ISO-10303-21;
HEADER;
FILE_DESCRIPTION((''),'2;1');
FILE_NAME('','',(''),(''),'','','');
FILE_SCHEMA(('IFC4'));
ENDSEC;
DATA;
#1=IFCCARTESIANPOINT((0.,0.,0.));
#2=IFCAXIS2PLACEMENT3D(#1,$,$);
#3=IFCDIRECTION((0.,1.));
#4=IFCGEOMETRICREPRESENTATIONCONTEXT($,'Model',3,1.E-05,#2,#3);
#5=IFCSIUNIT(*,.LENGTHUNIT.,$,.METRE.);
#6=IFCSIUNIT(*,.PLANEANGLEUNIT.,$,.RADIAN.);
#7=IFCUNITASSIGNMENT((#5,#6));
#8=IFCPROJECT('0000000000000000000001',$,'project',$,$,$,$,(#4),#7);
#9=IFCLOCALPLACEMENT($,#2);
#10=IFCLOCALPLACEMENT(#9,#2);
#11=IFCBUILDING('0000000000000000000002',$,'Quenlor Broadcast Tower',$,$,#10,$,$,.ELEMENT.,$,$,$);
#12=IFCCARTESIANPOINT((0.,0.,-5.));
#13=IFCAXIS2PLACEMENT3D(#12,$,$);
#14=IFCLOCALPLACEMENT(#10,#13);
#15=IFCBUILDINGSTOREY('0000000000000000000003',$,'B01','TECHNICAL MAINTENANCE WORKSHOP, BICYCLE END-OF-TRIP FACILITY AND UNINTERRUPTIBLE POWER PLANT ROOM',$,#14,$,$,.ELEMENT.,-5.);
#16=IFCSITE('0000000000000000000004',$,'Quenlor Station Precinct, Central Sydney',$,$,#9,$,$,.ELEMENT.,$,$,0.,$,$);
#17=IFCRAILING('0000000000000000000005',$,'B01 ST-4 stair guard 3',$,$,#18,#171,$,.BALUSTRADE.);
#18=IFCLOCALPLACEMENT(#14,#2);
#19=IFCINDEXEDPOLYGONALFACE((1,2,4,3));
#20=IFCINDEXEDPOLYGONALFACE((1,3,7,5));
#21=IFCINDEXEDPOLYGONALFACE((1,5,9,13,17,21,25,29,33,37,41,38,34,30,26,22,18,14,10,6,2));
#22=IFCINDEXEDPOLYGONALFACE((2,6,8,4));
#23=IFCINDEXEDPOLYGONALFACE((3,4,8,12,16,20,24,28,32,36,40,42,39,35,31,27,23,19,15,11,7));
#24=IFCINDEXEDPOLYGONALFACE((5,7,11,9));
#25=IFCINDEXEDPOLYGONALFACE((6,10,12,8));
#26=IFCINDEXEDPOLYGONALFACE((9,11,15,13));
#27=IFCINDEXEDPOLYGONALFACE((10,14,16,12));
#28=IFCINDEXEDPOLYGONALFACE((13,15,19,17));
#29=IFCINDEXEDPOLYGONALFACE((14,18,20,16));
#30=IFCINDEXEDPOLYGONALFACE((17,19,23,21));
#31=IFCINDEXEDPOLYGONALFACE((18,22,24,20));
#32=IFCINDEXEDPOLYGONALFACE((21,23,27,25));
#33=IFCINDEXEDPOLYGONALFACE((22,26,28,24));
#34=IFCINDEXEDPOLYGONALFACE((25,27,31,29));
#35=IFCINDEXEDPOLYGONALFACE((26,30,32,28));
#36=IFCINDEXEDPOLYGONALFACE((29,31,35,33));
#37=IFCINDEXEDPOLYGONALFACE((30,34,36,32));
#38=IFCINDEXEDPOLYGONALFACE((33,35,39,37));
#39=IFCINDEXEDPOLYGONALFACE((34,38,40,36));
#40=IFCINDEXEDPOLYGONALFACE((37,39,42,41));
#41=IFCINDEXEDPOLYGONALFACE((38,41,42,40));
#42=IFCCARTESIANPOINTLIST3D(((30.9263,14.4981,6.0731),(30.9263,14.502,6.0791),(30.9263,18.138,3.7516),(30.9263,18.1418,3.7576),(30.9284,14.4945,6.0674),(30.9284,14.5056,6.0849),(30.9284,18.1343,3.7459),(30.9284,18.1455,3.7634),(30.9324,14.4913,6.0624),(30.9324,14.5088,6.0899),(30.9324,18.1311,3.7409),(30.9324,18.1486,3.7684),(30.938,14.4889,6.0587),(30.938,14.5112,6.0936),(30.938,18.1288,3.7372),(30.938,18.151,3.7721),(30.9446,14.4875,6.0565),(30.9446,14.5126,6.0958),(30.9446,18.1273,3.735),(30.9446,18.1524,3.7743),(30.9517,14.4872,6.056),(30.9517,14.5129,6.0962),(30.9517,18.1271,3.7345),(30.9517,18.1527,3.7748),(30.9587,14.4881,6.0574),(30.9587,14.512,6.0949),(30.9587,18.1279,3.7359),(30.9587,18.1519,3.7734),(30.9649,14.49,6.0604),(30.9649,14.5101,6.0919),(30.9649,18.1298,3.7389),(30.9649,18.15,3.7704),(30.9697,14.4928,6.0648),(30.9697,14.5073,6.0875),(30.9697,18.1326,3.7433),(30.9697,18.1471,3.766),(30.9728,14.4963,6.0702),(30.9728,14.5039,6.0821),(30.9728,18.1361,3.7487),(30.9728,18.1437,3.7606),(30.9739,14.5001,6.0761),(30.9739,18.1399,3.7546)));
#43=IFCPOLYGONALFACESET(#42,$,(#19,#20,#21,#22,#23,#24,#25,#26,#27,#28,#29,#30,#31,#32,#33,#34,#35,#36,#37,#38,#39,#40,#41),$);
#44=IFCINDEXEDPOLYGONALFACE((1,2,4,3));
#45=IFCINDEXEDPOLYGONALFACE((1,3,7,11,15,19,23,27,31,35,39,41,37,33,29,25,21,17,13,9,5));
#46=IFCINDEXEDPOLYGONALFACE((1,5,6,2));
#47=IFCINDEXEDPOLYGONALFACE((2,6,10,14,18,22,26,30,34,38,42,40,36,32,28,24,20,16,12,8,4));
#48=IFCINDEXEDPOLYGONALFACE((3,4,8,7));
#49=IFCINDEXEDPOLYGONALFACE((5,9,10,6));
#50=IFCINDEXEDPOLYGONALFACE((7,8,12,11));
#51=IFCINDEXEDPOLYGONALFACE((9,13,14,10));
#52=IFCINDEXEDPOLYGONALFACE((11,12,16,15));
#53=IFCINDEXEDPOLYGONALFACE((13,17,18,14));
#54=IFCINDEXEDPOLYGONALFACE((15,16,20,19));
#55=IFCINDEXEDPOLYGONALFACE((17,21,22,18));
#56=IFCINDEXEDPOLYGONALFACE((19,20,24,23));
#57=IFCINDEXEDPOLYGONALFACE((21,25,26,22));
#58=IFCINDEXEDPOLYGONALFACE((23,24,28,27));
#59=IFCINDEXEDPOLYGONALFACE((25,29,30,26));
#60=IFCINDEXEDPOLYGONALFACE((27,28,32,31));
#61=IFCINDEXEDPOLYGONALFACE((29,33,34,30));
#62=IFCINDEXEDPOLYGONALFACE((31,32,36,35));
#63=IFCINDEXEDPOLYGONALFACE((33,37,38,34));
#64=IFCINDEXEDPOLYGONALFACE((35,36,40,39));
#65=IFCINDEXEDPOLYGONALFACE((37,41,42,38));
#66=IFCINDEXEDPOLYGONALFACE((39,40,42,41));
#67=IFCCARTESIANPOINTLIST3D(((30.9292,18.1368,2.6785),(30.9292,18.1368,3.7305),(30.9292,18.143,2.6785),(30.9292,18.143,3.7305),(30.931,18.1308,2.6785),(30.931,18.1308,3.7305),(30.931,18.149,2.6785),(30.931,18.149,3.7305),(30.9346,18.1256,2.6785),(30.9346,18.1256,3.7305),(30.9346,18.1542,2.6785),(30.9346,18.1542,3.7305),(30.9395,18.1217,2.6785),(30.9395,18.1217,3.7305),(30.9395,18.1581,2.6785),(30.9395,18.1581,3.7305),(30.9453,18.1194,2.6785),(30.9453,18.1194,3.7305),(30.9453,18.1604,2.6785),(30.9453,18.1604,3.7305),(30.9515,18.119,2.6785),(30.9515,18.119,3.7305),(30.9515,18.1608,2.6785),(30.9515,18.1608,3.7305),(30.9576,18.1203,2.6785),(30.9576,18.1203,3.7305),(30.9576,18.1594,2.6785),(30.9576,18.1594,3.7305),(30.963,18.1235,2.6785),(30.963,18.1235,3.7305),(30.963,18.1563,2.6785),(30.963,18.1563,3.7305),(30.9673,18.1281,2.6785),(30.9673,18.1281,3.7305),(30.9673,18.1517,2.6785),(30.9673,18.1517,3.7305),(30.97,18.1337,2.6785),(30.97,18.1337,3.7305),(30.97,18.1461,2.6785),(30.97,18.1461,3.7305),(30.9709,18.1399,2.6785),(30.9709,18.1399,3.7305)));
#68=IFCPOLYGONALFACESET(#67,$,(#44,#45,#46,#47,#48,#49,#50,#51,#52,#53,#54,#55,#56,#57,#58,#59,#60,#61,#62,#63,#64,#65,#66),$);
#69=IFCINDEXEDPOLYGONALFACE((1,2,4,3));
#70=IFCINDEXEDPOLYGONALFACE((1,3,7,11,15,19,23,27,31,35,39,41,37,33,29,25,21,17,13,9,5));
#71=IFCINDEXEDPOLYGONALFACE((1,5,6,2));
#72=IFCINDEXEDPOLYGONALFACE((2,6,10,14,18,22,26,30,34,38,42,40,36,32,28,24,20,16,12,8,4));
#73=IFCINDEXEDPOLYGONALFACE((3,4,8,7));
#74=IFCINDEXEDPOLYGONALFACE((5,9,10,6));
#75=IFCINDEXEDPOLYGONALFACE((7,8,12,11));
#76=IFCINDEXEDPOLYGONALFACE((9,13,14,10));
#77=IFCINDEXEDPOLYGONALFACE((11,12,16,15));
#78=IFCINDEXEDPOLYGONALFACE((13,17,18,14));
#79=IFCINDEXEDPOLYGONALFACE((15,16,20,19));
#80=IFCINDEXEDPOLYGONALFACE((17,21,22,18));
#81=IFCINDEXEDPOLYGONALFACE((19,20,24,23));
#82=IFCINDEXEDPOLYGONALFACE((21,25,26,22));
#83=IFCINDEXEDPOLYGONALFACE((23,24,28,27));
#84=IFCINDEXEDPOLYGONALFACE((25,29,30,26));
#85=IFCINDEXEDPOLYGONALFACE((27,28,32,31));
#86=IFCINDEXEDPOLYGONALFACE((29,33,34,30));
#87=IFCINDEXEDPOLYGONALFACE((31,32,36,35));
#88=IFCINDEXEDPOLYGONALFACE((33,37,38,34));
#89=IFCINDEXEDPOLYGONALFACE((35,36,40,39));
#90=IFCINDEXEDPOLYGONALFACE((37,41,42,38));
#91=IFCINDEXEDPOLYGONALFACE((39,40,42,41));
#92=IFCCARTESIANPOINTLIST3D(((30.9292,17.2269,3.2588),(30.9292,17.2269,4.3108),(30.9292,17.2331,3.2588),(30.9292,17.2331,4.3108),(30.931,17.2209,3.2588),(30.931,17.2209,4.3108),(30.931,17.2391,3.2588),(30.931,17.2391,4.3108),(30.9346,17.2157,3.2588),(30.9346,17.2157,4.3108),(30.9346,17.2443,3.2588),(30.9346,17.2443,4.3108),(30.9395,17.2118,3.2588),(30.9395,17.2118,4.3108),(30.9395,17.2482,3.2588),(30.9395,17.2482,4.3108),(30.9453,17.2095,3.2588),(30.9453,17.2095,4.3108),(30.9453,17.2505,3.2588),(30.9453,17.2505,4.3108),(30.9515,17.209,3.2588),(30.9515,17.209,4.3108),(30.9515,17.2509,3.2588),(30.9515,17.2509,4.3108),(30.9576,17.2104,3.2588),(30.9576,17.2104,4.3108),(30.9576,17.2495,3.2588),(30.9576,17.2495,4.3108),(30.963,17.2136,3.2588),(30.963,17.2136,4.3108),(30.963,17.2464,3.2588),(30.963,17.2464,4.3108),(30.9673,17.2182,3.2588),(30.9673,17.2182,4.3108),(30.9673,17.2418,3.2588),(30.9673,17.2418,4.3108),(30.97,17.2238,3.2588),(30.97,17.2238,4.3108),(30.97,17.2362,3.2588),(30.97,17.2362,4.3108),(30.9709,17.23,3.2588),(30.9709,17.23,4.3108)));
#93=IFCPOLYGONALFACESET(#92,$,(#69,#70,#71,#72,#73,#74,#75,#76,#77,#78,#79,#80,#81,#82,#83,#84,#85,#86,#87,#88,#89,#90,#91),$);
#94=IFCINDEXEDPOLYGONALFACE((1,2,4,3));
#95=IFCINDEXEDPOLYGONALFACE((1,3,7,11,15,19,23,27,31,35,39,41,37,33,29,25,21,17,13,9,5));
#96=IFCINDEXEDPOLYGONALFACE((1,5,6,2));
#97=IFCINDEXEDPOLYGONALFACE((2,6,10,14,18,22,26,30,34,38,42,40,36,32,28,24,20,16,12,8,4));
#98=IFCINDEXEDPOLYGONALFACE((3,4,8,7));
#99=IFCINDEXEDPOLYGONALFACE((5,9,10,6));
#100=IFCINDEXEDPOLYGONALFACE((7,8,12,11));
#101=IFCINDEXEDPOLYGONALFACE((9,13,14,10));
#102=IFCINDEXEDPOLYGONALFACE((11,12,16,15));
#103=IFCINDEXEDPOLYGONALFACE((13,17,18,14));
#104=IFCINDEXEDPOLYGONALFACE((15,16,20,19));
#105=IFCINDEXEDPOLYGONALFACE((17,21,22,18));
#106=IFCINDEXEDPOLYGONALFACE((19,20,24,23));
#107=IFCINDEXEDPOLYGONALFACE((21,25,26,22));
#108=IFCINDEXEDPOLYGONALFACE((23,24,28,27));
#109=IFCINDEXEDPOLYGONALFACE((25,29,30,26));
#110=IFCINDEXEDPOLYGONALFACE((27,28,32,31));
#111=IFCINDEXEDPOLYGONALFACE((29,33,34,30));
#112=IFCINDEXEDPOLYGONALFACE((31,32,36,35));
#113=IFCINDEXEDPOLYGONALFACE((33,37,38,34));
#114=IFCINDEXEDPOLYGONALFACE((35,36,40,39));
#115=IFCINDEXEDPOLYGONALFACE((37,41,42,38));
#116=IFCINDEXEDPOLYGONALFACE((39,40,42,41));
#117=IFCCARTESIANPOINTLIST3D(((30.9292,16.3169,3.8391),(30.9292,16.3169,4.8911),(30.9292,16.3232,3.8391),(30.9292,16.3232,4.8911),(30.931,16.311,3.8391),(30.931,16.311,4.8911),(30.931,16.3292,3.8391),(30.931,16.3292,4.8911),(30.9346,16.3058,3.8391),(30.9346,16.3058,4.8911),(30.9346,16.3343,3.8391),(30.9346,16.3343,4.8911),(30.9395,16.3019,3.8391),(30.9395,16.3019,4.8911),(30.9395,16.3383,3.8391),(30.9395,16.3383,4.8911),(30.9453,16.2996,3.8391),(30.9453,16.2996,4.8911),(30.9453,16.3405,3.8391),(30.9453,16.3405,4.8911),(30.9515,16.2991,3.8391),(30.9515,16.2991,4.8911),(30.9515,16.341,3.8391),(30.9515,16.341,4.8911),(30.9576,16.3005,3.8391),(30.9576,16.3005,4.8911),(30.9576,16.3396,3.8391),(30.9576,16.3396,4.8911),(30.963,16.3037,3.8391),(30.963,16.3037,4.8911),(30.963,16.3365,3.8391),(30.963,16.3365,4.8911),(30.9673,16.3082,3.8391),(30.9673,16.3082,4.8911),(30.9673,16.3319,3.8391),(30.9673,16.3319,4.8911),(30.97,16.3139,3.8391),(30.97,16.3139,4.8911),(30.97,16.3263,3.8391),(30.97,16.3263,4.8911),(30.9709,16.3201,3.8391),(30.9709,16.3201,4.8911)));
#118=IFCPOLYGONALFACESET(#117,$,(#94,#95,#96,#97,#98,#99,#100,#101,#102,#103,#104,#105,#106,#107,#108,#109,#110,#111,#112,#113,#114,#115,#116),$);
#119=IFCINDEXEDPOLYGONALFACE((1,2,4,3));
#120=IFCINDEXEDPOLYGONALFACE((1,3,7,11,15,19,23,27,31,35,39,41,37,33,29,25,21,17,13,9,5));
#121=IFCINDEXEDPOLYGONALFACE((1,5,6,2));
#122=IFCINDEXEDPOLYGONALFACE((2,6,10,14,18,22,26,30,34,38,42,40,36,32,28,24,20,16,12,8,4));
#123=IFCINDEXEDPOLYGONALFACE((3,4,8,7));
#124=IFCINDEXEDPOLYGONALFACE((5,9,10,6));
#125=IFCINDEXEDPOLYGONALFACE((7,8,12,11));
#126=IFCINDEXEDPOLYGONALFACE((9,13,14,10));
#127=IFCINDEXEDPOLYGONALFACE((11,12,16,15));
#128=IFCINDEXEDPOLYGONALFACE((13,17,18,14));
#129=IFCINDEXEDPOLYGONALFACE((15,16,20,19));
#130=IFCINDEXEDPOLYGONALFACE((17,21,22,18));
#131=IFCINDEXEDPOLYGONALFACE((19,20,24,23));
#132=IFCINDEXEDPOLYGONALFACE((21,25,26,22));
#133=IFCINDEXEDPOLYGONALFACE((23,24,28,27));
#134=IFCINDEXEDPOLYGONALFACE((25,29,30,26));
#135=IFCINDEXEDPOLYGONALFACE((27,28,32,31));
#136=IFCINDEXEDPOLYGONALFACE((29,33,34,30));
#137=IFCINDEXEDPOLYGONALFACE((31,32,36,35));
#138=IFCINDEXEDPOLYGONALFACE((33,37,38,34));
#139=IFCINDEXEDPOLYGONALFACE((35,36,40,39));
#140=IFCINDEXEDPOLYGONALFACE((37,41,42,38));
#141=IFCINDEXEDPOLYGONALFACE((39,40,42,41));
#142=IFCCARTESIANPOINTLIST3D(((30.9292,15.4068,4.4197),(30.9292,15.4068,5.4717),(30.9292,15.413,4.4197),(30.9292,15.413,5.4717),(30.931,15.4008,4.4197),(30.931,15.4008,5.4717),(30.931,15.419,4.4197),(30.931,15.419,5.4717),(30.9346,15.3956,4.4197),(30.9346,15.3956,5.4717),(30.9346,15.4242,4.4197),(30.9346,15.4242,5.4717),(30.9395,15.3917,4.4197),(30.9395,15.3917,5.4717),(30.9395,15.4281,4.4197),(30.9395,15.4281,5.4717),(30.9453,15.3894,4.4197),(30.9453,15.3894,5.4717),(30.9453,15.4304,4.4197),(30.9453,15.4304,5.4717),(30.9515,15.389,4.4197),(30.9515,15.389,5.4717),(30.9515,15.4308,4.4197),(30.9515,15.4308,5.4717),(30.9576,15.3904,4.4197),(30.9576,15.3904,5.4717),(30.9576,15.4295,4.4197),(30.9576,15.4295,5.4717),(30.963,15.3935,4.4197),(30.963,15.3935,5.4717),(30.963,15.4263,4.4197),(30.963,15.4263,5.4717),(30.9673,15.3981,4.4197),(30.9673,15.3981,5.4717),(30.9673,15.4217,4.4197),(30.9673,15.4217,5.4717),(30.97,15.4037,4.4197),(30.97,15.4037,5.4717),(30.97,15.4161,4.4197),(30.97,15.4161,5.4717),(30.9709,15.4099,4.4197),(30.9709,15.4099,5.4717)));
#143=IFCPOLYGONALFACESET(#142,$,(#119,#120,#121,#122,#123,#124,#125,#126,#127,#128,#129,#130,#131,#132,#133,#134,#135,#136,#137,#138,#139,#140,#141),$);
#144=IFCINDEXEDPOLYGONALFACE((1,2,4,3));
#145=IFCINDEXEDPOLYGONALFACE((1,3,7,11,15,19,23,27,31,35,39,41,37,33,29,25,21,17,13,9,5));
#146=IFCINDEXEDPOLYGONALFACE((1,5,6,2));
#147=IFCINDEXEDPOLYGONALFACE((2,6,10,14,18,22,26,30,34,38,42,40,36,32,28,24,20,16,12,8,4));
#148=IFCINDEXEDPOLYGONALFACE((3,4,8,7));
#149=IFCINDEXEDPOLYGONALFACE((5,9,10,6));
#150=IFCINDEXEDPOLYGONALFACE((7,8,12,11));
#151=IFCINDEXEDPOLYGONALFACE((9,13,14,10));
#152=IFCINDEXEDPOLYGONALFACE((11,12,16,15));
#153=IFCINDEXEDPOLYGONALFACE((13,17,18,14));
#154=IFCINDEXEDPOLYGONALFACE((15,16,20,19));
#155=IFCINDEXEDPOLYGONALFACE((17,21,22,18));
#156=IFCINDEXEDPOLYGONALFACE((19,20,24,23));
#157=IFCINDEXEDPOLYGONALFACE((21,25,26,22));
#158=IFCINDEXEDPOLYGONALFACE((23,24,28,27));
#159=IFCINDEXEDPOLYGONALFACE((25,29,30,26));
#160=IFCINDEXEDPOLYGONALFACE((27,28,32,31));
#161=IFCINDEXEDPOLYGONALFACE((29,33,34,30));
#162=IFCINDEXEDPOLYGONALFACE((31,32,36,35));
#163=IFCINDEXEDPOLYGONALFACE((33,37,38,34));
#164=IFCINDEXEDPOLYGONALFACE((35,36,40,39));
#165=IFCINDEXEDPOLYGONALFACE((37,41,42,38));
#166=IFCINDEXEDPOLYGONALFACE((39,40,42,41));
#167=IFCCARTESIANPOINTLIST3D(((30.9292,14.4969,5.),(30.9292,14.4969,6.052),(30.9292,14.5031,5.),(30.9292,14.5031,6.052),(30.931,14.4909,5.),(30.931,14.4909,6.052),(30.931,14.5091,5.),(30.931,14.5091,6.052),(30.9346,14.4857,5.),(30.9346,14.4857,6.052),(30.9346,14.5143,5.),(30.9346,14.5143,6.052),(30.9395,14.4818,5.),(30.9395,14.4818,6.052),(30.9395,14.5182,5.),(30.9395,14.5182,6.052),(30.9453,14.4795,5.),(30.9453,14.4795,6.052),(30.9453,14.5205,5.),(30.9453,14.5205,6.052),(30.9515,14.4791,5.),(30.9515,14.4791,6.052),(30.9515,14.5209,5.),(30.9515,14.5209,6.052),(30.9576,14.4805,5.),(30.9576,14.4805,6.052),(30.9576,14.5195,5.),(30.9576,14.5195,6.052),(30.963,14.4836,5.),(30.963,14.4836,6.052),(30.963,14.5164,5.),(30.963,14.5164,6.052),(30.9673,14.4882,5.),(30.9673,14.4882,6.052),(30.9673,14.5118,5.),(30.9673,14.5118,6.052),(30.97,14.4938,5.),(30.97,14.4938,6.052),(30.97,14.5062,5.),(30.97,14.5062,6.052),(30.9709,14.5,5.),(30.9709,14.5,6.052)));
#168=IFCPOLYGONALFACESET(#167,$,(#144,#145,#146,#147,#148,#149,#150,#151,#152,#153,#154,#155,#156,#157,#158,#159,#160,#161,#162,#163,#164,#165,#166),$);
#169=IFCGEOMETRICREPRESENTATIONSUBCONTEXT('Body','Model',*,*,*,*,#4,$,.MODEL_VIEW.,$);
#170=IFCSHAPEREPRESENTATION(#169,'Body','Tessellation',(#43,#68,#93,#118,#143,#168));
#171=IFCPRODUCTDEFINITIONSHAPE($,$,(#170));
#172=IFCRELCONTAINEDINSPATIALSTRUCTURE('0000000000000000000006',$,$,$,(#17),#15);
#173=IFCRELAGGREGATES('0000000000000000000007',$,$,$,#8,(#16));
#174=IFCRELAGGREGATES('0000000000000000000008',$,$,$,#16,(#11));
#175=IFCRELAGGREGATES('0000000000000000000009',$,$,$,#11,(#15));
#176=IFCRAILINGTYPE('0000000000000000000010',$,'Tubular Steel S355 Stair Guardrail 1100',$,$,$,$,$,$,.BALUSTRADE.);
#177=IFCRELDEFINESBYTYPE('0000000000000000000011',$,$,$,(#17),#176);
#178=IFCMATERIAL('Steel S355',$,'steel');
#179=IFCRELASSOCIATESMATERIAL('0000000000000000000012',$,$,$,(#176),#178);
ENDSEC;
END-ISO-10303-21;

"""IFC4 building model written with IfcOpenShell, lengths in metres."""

from ifc_helpers import new_model, si_unit, direction, frame, origin, origin_2d, place, context, subcontext, project, spatial, circle, extrude, material, type_object, element, save


model = new_model("IFC4")

# Units and contexts
model_context = context("Model", 3, precision=1e-05, world=origin(), true_north=direction((0.0, 1.0)))
body_context = subcontext(model_context, "Body", "Model", "MODEL_VIEW")
ifc_project = project(units=[si_unit("LENGTHUNIT", "METRE"), si_unit("PLANEANGLEUNIT", "RADIAN")], contexts=[model_context])

# Site, building, storey
site_placement = place(None, origin())
site = spatial("IfcSite", under=ifc_project, at=site_placement, Name="Quenlor Station Precinct, Central Sydney", CompositionType="ELEMENT", RefElevation=0.0)
building_placement = place(site_placement, origin())
building = spatial("IfcBuilding", under=site, at=building_placement, Name="Quenlor Broadcast Tower", CompositionType="ELEMENT")
storey_placement = place(building_placement, frame((0.0, 0.0, -5.0)))
storey = spatial("IfcBuildingStorey", under=building, at=storey_placement, Name="B01", Description="TECHNICAL MAINTENANCE WORKSHOP, BICYCLE END-OF-TRIP FACILITY AND UNINTERRUPTIBLE POWER PLANT ROOM", CompositionType="ELEMENT", Elevation=-5.0)

# Railing
ifc_material_1 = material(Name="Steel S355", Category="steel")
railing_type_1 = type_object("IfcRailingType", Name="Tubular Steel S355 Stair Guardrail 1100", PredefinedType="BALUSTRADE", material=ifc_material_1)
railing_1_placement = place(storey_placement, frame((30.95, 18.1399, 2.6785)))
element("IfcRailing", 1, at=railing_1_placement, inside=storey, type_object=railing_type_1, Name="B01 ST-4 stair guard 3", PredefinedType="BALUSTRADE", context=body_context, shape_type="SweptSolid", body=[
    extrude(circle(Radius=0.0239, at=origin_2d()), frame((0.0, 0.0, 1.0762), z_axis=(0.0, -0.843112, 0.537739), x_axis=(1.0, 0.0, 0.0)), (0.0, 0.0, 1.0), 4.3171),
    extrude(circle(Radius=0.021, at=origin_2d()), origin(), (0.0, 0.0, 1.0), 1.052),
    extrude(circle(Radius=0.021, at=origin_2d()), frame((0.0, -0.9099, 0.5803)), (0.0, 0.0, 1.0), 1.052),
    extrude(circle(Radius=0.021, at=origin_2d()), frame((0.0, -1.8198, 1.1606)), (0.0, 0.0, 1.0), 1.052),
    extrude(circle(Radius=0.021, at=origin_2d()), frame((0.0, -2.73, 1.7412)), (0.0, 0.0, 1.0), 1.052),
    extrude(circle(Radius=0.021, at=origin_2d()), frame((0.0, -3.6399, 2.3215)), (0.0, 0.0, 1.0), 1.052),
])

save(model, "model.ifc")
